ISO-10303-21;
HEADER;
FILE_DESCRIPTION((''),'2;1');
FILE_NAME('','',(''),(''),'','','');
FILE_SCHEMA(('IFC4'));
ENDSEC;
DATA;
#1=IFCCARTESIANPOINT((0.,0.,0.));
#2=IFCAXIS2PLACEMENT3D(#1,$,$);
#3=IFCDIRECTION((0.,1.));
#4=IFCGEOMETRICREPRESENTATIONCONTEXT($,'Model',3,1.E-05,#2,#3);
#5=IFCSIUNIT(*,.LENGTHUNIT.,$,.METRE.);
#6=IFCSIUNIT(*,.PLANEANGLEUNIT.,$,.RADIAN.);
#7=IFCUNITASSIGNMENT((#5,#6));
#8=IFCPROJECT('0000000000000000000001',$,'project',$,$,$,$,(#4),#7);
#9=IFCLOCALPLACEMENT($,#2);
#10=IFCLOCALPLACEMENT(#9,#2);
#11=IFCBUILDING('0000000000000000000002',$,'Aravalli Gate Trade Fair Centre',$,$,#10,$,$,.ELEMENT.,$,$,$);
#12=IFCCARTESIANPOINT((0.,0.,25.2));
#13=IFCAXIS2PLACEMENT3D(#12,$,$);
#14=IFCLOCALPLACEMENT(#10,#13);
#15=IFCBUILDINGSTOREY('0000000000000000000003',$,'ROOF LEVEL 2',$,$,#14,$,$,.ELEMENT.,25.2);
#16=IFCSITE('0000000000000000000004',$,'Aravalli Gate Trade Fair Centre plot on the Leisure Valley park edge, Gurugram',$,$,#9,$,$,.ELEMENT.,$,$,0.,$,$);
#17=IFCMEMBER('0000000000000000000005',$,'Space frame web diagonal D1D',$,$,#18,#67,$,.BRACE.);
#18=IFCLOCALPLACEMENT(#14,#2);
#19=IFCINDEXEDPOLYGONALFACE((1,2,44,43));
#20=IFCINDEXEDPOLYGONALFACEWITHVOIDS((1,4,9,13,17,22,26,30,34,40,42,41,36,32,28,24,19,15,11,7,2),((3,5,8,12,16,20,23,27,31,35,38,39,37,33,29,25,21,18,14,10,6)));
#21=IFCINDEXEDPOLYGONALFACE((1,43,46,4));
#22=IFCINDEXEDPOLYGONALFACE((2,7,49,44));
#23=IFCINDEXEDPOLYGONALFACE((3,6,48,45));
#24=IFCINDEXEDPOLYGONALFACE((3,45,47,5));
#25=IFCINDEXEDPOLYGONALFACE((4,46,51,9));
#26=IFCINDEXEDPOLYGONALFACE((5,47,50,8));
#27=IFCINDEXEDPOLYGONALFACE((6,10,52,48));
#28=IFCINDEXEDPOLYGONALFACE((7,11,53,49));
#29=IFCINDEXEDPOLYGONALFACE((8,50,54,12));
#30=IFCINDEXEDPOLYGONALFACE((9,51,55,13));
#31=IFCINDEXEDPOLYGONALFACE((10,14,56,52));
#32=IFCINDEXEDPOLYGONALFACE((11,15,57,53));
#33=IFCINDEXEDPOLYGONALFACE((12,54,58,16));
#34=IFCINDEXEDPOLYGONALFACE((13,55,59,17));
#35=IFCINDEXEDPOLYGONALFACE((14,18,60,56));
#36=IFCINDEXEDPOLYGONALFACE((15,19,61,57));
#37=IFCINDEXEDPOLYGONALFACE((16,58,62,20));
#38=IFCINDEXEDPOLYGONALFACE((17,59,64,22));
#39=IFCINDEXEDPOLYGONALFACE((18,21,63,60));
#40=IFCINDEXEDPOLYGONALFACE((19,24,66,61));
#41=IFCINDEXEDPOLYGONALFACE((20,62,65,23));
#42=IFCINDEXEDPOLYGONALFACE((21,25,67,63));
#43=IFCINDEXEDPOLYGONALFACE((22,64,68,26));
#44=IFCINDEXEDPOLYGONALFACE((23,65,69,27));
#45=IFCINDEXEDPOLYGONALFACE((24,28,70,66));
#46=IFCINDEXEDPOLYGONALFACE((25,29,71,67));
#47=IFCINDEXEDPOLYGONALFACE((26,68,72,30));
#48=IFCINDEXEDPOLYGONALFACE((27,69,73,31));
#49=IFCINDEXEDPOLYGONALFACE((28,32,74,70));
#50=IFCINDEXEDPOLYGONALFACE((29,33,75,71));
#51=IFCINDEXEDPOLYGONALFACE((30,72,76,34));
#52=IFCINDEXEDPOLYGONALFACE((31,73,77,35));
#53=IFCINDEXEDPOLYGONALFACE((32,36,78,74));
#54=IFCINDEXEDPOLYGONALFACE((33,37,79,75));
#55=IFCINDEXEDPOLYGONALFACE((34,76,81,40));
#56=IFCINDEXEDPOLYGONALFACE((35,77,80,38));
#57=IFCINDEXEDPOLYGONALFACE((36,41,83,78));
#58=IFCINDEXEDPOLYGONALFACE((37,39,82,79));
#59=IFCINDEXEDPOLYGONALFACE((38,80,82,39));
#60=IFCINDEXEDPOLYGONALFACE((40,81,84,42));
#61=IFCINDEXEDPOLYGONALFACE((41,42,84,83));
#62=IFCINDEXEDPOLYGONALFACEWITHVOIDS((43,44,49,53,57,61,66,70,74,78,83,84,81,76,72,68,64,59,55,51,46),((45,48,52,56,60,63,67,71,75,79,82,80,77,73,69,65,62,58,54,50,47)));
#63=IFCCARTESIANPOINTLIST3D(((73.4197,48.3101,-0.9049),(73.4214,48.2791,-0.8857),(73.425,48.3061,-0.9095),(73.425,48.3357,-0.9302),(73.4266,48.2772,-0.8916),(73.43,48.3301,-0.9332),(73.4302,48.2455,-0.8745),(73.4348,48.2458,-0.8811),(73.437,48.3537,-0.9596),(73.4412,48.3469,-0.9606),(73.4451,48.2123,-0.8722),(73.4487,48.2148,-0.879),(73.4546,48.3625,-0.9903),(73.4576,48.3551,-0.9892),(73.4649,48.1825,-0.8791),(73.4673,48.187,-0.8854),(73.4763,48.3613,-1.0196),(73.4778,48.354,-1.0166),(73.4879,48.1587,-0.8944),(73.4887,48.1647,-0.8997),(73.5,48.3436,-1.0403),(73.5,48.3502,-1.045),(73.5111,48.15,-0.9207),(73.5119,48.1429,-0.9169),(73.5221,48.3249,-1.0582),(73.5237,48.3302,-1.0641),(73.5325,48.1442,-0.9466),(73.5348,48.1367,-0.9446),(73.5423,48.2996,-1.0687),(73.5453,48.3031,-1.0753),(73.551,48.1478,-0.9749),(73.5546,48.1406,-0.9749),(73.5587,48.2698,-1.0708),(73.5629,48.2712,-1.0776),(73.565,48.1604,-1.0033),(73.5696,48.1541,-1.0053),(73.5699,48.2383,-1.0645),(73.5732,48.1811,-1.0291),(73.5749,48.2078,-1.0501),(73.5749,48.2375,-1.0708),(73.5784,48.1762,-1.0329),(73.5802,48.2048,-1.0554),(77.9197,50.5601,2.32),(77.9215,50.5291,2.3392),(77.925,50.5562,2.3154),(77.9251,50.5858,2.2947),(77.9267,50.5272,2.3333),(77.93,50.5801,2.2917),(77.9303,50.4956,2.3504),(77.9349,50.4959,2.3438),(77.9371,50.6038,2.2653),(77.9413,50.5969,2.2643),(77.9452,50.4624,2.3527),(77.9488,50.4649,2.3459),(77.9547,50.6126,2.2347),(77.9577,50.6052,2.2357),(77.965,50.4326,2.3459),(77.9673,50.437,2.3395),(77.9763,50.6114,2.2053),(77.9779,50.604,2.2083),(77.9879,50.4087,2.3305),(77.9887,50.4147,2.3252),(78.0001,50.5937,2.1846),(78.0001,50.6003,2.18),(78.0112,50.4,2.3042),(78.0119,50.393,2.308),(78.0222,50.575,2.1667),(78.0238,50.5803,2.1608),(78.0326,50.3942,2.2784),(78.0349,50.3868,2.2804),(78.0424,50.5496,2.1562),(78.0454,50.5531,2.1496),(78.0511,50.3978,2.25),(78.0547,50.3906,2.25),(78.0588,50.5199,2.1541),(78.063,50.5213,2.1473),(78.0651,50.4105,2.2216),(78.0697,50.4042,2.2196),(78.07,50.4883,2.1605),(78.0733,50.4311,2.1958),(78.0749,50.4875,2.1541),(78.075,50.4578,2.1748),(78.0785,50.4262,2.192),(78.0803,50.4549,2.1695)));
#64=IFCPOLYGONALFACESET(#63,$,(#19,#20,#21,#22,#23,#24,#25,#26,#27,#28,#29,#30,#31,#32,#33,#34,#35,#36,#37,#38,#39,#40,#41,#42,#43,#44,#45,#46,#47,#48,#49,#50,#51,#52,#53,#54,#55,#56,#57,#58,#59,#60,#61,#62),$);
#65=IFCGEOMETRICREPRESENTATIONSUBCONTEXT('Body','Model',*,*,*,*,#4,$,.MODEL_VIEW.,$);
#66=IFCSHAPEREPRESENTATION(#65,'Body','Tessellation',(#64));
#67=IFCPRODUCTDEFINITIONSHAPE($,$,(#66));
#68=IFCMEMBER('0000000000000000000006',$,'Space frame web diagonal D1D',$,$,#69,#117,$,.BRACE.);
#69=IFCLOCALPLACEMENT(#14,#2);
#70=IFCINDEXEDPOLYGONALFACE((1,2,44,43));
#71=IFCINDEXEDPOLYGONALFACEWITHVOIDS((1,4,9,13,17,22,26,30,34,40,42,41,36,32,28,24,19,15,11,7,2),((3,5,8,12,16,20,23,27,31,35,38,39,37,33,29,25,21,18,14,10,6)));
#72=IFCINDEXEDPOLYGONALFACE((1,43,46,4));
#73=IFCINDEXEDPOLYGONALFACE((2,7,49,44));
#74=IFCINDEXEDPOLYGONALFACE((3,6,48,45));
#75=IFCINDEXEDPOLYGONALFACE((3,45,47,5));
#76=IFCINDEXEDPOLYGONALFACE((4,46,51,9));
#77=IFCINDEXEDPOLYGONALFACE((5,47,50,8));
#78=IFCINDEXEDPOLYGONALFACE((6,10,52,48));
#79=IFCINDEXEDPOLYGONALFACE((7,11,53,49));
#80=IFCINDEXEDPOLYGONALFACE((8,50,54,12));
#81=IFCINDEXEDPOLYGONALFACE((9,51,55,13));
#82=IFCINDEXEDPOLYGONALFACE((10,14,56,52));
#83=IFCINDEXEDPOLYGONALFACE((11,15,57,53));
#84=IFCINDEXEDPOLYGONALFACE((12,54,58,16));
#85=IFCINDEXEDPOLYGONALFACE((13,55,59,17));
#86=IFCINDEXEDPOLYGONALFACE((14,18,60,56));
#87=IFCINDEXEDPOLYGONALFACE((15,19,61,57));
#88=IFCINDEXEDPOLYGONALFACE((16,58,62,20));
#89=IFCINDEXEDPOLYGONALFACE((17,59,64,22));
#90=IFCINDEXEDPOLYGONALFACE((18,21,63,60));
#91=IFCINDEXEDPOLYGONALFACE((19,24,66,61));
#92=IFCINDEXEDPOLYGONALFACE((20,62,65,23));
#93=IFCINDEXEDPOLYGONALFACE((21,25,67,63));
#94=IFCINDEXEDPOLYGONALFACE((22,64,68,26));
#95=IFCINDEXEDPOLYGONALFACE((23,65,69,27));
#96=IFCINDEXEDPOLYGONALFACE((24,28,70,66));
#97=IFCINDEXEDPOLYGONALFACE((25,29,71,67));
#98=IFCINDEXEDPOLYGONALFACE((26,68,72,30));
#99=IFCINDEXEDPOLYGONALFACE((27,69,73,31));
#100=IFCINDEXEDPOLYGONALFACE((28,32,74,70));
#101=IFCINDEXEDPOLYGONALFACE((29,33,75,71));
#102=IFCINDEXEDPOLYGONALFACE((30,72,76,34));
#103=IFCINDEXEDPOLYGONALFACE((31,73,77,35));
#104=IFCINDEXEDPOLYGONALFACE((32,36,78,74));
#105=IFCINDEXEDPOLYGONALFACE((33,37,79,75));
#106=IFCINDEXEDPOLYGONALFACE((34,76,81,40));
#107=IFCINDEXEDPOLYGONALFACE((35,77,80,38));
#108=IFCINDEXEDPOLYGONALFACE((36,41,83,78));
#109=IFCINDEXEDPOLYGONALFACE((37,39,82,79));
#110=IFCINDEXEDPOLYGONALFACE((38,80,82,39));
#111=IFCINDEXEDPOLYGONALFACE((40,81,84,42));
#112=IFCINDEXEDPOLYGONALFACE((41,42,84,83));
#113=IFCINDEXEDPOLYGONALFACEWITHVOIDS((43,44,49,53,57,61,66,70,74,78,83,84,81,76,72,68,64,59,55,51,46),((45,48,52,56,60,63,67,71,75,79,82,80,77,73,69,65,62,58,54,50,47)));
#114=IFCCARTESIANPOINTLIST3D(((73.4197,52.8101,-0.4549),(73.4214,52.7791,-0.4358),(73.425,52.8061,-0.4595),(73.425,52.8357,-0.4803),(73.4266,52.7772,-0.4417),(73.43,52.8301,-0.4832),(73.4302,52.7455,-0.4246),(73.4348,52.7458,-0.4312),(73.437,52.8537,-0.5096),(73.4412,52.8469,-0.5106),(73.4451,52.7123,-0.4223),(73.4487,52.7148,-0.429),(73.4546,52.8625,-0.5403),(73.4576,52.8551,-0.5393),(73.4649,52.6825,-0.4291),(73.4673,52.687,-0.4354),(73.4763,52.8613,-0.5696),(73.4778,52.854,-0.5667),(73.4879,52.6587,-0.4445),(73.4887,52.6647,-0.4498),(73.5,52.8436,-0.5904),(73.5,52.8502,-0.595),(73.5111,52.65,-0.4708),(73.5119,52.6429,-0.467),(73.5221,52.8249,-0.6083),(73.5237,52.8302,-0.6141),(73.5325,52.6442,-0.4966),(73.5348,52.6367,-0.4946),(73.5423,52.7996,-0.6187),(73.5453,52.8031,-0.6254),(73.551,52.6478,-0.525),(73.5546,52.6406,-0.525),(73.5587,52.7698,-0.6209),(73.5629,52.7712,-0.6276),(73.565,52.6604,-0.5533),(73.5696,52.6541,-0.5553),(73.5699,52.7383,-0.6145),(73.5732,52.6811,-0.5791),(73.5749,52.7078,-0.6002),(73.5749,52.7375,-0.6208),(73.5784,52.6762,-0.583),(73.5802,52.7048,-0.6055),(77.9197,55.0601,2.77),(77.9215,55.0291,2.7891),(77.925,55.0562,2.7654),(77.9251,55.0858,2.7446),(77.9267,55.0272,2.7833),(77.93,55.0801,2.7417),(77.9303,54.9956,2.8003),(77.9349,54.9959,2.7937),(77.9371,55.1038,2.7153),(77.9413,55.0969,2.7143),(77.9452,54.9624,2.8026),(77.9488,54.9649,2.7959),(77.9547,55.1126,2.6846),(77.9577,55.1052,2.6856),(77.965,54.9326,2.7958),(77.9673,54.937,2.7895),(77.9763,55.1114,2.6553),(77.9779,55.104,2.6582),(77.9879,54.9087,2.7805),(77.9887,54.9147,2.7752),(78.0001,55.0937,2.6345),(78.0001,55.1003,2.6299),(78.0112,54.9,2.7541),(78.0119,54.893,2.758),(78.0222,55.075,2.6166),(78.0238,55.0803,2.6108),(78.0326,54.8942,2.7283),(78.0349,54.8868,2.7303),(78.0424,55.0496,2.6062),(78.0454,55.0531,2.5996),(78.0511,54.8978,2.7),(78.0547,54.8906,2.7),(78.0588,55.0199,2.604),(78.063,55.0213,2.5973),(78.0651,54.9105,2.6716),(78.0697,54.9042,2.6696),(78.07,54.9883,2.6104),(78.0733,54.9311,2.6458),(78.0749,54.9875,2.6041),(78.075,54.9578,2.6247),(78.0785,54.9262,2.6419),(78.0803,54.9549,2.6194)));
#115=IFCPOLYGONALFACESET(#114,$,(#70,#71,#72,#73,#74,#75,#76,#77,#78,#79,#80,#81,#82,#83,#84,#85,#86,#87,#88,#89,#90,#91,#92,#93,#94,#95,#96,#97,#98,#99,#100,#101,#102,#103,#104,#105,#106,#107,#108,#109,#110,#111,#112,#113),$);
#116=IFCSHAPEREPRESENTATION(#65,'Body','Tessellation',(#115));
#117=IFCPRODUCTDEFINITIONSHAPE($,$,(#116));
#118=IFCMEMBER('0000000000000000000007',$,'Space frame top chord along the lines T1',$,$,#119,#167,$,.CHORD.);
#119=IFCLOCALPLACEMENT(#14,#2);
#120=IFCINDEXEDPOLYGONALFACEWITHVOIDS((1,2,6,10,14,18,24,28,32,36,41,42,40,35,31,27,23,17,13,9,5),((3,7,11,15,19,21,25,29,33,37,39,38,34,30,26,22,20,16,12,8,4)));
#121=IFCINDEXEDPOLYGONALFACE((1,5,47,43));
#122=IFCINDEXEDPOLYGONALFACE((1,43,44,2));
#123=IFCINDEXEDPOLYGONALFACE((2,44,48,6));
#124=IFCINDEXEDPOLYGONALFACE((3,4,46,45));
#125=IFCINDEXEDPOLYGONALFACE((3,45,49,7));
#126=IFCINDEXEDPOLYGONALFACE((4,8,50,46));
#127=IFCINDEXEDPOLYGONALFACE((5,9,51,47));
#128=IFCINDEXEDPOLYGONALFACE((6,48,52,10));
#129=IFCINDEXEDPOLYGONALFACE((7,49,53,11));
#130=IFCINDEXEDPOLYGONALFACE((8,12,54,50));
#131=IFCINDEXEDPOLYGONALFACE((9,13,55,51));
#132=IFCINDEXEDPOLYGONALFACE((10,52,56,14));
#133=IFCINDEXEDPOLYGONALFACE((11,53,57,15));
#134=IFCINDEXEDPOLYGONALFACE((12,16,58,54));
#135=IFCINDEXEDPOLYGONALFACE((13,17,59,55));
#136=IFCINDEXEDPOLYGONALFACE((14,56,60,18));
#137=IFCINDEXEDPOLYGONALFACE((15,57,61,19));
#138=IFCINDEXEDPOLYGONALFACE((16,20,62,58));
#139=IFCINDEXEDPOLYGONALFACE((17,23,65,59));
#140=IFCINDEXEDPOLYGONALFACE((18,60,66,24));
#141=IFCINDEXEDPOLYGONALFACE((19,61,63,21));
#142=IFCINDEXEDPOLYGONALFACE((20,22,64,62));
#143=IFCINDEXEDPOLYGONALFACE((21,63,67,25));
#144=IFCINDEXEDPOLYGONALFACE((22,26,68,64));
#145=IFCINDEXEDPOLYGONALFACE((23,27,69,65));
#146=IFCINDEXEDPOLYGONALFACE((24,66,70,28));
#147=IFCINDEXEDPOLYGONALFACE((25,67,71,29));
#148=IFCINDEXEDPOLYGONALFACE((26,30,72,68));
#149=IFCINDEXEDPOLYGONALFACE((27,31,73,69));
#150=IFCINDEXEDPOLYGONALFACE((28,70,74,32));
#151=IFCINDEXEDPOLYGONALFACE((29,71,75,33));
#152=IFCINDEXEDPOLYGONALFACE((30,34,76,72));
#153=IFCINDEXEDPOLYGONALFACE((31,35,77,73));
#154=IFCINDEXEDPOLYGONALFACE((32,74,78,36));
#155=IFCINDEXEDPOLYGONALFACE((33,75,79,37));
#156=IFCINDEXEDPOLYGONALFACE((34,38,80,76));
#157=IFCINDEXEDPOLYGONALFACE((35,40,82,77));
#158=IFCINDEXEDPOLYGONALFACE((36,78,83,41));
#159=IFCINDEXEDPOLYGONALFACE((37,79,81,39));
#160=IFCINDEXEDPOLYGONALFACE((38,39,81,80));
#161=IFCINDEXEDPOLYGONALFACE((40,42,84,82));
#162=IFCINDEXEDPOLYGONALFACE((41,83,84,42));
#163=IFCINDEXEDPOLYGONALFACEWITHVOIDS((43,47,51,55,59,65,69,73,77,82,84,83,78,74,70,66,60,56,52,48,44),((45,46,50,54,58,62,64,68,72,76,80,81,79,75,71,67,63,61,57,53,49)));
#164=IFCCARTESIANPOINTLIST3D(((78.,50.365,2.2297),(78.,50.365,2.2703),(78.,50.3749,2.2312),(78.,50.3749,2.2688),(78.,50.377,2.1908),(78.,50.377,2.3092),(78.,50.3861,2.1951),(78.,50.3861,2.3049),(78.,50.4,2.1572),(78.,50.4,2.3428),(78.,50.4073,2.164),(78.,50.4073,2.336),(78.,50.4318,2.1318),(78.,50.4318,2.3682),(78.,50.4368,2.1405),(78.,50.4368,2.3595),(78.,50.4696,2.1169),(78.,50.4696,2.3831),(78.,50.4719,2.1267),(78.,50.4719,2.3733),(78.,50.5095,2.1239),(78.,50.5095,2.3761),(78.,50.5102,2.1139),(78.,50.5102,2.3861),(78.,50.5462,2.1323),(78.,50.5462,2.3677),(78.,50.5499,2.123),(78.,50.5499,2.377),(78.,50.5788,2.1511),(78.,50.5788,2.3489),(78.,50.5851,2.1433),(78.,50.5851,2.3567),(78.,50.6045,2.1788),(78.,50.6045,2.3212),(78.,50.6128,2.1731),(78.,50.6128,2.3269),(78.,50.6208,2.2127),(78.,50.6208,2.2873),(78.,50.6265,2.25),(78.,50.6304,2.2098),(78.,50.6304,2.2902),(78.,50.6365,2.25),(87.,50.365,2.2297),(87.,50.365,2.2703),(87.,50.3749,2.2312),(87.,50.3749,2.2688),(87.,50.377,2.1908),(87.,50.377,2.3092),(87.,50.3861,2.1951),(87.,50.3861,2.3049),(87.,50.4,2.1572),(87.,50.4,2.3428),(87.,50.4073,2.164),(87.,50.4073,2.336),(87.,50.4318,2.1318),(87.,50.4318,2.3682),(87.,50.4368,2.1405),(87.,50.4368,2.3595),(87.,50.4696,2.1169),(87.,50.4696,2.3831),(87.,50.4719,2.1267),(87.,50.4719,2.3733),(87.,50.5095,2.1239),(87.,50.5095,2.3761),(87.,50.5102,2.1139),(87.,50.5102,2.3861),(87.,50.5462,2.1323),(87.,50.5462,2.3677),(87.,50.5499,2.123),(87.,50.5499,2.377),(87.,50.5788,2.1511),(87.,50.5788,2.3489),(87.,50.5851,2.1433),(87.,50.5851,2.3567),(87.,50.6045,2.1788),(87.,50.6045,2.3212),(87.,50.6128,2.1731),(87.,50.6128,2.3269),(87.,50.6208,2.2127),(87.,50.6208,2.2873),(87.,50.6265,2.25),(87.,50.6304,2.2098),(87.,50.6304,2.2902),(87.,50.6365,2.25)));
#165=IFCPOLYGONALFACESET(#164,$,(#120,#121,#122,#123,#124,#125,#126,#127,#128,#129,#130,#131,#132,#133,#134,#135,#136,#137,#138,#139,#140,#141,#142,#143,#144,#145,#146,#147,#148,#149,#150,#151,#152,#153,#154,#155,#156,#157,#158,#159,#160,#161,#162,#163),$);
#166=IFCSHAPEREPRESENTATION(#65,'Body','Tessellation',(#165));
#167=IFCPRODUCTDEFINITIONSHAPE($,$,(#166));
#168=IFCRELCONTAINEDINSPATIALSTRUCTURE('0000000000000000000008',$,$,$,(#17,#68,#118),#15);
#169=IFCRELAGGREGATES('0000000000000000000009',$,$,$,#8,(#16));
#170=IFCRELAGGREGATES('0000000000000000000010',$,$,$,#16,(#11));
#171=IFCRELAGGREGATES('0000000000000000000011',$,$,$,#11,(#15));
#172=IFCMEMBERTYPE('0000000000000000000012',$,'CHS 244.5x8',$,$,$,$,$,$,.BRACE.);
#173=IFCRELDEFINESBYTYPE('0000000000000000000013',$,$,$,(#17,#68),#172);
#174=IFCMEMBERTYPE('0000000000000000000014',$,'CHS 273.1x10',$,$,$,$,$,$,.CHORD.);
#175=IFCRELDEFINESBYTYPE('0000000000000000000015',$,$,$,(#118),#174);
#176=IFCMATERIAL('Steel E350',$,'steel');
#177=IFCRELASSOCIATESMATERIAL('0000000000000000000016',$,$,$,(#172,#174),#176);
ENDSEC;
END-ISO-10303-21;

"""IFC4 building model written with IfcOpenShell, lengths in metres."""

from ifc_helpers import new_model, si_unit, direction, frame, origin, origin_2d, place, context, subcontext, project, spatial, hollow_circle, extrude, material, material_profile, profile_set, type_object, element, save


model = new_model("IFC4")

# Units and contexts
model_context = context("Model", 3, precision=1e-05, world=origin(), true_north=direction((0.0, 1.0)))
body_context = subcontext(model_context, "Body", "Model", "MODEL_VIEW")
ifc_project = project(units=[si_unit("LENGTHUNIT", "METRE"), si_unit("PLANEANGLEUNIT", "RADIAN")], contexts=[model_context])

# Site, building, storey
site_placement = place(None, origin())
site = spatial("IfcSite", under=ifc_project, at=site_placement, Name="Aravalli Gate Trade Fair Centre plot on the Leisure Valley park edge, Gurugram", CompositionType="ELEMENT", RefElevation=0.0)
building_placement = place(site_placement, origin())
building = spatial("IfcBuilding", under=site, at=building_placement, Name="Aravalli Gate Trade Fair Centre", CompositionType="ELEMENT")
storey_placement = place(building_placement, frame((0.0, 0.0, 25.2)))
storey = spatial("IfcBuildingStorey", under=building, at=storey_placement, Name="ROOF LEVEL 2", CompositionType="ELEMENT", Elevation=25.2)

# Members
ifc_material = material(Name="Steel E350", Category="steel")
ifc_material_profile_1 = material_profile(ifc_material, hollow_circle(Radius=0.1223, WallThickness=0.0081, at=origin_2d()), Name="CHS 244.5x8")
ifc_profile_set_1 = profile_set([ifc_material_profile_1], Name="Steel E350")
member_type_1 = type_object("IfcMemberType", Name="CHS 244.5x8", PredefinedType="BRACE", material=ifc_profile_set_1)
for number, where, z_axis, x_axis, name in (
    (1, (78.0, 50.5, 2.25), (-0.753016, -0.376508, -0.539637), (0.447214, -0.894427, 0.0), "Space frame web diagonal D1D"),
    (2, (78.0, 55.0, 2.7), (-0.753016, -0.376508, -0.539637), (0.447214, -0.894427, 0.0), "Space frame web diagonal D1D"),
):
    element("IfcMember", number, at=place(storey_placement, frame(where, z_axis=z_axis, x_axis=x_axis)), inside=storey, type_object=member_type_1, Name=name, PredefinedType="BRACE", context=body_context, shape_type="SweptSolid", body=[
        extrude(hollow_circle(Radius=0.1223, WallThickness=0.0081, at=origin_2d()), origin(), (0.0, 0.0, 1.0), 5.9761),
    ])
ifc_material_profile_2 = material_profile(ifc_material, hollow_circle(Radius=0.1365, WallThickness=0.01, at=origin_2d()), Name="CHS 273.1x10")
ifc_profile_set_2 = profile_set([ifc_material_profile_2], Name="Steel E350")
member_type_2 = type_object("IfcMemberType", Name="CHS 273.1x10", PredefinedType="CHORD", material=ifc_profile_set_2)
for number, where, z_axis, x_axis, name in (
    (3, (78.0, 50.5, 2.25), (1.0, 0.0, 0.0), (0.0, 1.0, 0.0), "Space frame top chord along the lines T1"),
):
    element("IfcMember", number, at=place(storey_placement, frame(where, z_axis=z_axis, x_axis=x_axis)), inside=storey, type_object=member_type_2, Name=name, PredefinedType="CHORD", context=body_context, shape_type="SweptSolid", body=[
        extrude(hollow_circle(Radius=0.1365, WallThickness=0.01, at=origin_2d()), origin(), (0.0, 0.0, 1.0), 9.0),
    ])

save(model, "model.ifc")
